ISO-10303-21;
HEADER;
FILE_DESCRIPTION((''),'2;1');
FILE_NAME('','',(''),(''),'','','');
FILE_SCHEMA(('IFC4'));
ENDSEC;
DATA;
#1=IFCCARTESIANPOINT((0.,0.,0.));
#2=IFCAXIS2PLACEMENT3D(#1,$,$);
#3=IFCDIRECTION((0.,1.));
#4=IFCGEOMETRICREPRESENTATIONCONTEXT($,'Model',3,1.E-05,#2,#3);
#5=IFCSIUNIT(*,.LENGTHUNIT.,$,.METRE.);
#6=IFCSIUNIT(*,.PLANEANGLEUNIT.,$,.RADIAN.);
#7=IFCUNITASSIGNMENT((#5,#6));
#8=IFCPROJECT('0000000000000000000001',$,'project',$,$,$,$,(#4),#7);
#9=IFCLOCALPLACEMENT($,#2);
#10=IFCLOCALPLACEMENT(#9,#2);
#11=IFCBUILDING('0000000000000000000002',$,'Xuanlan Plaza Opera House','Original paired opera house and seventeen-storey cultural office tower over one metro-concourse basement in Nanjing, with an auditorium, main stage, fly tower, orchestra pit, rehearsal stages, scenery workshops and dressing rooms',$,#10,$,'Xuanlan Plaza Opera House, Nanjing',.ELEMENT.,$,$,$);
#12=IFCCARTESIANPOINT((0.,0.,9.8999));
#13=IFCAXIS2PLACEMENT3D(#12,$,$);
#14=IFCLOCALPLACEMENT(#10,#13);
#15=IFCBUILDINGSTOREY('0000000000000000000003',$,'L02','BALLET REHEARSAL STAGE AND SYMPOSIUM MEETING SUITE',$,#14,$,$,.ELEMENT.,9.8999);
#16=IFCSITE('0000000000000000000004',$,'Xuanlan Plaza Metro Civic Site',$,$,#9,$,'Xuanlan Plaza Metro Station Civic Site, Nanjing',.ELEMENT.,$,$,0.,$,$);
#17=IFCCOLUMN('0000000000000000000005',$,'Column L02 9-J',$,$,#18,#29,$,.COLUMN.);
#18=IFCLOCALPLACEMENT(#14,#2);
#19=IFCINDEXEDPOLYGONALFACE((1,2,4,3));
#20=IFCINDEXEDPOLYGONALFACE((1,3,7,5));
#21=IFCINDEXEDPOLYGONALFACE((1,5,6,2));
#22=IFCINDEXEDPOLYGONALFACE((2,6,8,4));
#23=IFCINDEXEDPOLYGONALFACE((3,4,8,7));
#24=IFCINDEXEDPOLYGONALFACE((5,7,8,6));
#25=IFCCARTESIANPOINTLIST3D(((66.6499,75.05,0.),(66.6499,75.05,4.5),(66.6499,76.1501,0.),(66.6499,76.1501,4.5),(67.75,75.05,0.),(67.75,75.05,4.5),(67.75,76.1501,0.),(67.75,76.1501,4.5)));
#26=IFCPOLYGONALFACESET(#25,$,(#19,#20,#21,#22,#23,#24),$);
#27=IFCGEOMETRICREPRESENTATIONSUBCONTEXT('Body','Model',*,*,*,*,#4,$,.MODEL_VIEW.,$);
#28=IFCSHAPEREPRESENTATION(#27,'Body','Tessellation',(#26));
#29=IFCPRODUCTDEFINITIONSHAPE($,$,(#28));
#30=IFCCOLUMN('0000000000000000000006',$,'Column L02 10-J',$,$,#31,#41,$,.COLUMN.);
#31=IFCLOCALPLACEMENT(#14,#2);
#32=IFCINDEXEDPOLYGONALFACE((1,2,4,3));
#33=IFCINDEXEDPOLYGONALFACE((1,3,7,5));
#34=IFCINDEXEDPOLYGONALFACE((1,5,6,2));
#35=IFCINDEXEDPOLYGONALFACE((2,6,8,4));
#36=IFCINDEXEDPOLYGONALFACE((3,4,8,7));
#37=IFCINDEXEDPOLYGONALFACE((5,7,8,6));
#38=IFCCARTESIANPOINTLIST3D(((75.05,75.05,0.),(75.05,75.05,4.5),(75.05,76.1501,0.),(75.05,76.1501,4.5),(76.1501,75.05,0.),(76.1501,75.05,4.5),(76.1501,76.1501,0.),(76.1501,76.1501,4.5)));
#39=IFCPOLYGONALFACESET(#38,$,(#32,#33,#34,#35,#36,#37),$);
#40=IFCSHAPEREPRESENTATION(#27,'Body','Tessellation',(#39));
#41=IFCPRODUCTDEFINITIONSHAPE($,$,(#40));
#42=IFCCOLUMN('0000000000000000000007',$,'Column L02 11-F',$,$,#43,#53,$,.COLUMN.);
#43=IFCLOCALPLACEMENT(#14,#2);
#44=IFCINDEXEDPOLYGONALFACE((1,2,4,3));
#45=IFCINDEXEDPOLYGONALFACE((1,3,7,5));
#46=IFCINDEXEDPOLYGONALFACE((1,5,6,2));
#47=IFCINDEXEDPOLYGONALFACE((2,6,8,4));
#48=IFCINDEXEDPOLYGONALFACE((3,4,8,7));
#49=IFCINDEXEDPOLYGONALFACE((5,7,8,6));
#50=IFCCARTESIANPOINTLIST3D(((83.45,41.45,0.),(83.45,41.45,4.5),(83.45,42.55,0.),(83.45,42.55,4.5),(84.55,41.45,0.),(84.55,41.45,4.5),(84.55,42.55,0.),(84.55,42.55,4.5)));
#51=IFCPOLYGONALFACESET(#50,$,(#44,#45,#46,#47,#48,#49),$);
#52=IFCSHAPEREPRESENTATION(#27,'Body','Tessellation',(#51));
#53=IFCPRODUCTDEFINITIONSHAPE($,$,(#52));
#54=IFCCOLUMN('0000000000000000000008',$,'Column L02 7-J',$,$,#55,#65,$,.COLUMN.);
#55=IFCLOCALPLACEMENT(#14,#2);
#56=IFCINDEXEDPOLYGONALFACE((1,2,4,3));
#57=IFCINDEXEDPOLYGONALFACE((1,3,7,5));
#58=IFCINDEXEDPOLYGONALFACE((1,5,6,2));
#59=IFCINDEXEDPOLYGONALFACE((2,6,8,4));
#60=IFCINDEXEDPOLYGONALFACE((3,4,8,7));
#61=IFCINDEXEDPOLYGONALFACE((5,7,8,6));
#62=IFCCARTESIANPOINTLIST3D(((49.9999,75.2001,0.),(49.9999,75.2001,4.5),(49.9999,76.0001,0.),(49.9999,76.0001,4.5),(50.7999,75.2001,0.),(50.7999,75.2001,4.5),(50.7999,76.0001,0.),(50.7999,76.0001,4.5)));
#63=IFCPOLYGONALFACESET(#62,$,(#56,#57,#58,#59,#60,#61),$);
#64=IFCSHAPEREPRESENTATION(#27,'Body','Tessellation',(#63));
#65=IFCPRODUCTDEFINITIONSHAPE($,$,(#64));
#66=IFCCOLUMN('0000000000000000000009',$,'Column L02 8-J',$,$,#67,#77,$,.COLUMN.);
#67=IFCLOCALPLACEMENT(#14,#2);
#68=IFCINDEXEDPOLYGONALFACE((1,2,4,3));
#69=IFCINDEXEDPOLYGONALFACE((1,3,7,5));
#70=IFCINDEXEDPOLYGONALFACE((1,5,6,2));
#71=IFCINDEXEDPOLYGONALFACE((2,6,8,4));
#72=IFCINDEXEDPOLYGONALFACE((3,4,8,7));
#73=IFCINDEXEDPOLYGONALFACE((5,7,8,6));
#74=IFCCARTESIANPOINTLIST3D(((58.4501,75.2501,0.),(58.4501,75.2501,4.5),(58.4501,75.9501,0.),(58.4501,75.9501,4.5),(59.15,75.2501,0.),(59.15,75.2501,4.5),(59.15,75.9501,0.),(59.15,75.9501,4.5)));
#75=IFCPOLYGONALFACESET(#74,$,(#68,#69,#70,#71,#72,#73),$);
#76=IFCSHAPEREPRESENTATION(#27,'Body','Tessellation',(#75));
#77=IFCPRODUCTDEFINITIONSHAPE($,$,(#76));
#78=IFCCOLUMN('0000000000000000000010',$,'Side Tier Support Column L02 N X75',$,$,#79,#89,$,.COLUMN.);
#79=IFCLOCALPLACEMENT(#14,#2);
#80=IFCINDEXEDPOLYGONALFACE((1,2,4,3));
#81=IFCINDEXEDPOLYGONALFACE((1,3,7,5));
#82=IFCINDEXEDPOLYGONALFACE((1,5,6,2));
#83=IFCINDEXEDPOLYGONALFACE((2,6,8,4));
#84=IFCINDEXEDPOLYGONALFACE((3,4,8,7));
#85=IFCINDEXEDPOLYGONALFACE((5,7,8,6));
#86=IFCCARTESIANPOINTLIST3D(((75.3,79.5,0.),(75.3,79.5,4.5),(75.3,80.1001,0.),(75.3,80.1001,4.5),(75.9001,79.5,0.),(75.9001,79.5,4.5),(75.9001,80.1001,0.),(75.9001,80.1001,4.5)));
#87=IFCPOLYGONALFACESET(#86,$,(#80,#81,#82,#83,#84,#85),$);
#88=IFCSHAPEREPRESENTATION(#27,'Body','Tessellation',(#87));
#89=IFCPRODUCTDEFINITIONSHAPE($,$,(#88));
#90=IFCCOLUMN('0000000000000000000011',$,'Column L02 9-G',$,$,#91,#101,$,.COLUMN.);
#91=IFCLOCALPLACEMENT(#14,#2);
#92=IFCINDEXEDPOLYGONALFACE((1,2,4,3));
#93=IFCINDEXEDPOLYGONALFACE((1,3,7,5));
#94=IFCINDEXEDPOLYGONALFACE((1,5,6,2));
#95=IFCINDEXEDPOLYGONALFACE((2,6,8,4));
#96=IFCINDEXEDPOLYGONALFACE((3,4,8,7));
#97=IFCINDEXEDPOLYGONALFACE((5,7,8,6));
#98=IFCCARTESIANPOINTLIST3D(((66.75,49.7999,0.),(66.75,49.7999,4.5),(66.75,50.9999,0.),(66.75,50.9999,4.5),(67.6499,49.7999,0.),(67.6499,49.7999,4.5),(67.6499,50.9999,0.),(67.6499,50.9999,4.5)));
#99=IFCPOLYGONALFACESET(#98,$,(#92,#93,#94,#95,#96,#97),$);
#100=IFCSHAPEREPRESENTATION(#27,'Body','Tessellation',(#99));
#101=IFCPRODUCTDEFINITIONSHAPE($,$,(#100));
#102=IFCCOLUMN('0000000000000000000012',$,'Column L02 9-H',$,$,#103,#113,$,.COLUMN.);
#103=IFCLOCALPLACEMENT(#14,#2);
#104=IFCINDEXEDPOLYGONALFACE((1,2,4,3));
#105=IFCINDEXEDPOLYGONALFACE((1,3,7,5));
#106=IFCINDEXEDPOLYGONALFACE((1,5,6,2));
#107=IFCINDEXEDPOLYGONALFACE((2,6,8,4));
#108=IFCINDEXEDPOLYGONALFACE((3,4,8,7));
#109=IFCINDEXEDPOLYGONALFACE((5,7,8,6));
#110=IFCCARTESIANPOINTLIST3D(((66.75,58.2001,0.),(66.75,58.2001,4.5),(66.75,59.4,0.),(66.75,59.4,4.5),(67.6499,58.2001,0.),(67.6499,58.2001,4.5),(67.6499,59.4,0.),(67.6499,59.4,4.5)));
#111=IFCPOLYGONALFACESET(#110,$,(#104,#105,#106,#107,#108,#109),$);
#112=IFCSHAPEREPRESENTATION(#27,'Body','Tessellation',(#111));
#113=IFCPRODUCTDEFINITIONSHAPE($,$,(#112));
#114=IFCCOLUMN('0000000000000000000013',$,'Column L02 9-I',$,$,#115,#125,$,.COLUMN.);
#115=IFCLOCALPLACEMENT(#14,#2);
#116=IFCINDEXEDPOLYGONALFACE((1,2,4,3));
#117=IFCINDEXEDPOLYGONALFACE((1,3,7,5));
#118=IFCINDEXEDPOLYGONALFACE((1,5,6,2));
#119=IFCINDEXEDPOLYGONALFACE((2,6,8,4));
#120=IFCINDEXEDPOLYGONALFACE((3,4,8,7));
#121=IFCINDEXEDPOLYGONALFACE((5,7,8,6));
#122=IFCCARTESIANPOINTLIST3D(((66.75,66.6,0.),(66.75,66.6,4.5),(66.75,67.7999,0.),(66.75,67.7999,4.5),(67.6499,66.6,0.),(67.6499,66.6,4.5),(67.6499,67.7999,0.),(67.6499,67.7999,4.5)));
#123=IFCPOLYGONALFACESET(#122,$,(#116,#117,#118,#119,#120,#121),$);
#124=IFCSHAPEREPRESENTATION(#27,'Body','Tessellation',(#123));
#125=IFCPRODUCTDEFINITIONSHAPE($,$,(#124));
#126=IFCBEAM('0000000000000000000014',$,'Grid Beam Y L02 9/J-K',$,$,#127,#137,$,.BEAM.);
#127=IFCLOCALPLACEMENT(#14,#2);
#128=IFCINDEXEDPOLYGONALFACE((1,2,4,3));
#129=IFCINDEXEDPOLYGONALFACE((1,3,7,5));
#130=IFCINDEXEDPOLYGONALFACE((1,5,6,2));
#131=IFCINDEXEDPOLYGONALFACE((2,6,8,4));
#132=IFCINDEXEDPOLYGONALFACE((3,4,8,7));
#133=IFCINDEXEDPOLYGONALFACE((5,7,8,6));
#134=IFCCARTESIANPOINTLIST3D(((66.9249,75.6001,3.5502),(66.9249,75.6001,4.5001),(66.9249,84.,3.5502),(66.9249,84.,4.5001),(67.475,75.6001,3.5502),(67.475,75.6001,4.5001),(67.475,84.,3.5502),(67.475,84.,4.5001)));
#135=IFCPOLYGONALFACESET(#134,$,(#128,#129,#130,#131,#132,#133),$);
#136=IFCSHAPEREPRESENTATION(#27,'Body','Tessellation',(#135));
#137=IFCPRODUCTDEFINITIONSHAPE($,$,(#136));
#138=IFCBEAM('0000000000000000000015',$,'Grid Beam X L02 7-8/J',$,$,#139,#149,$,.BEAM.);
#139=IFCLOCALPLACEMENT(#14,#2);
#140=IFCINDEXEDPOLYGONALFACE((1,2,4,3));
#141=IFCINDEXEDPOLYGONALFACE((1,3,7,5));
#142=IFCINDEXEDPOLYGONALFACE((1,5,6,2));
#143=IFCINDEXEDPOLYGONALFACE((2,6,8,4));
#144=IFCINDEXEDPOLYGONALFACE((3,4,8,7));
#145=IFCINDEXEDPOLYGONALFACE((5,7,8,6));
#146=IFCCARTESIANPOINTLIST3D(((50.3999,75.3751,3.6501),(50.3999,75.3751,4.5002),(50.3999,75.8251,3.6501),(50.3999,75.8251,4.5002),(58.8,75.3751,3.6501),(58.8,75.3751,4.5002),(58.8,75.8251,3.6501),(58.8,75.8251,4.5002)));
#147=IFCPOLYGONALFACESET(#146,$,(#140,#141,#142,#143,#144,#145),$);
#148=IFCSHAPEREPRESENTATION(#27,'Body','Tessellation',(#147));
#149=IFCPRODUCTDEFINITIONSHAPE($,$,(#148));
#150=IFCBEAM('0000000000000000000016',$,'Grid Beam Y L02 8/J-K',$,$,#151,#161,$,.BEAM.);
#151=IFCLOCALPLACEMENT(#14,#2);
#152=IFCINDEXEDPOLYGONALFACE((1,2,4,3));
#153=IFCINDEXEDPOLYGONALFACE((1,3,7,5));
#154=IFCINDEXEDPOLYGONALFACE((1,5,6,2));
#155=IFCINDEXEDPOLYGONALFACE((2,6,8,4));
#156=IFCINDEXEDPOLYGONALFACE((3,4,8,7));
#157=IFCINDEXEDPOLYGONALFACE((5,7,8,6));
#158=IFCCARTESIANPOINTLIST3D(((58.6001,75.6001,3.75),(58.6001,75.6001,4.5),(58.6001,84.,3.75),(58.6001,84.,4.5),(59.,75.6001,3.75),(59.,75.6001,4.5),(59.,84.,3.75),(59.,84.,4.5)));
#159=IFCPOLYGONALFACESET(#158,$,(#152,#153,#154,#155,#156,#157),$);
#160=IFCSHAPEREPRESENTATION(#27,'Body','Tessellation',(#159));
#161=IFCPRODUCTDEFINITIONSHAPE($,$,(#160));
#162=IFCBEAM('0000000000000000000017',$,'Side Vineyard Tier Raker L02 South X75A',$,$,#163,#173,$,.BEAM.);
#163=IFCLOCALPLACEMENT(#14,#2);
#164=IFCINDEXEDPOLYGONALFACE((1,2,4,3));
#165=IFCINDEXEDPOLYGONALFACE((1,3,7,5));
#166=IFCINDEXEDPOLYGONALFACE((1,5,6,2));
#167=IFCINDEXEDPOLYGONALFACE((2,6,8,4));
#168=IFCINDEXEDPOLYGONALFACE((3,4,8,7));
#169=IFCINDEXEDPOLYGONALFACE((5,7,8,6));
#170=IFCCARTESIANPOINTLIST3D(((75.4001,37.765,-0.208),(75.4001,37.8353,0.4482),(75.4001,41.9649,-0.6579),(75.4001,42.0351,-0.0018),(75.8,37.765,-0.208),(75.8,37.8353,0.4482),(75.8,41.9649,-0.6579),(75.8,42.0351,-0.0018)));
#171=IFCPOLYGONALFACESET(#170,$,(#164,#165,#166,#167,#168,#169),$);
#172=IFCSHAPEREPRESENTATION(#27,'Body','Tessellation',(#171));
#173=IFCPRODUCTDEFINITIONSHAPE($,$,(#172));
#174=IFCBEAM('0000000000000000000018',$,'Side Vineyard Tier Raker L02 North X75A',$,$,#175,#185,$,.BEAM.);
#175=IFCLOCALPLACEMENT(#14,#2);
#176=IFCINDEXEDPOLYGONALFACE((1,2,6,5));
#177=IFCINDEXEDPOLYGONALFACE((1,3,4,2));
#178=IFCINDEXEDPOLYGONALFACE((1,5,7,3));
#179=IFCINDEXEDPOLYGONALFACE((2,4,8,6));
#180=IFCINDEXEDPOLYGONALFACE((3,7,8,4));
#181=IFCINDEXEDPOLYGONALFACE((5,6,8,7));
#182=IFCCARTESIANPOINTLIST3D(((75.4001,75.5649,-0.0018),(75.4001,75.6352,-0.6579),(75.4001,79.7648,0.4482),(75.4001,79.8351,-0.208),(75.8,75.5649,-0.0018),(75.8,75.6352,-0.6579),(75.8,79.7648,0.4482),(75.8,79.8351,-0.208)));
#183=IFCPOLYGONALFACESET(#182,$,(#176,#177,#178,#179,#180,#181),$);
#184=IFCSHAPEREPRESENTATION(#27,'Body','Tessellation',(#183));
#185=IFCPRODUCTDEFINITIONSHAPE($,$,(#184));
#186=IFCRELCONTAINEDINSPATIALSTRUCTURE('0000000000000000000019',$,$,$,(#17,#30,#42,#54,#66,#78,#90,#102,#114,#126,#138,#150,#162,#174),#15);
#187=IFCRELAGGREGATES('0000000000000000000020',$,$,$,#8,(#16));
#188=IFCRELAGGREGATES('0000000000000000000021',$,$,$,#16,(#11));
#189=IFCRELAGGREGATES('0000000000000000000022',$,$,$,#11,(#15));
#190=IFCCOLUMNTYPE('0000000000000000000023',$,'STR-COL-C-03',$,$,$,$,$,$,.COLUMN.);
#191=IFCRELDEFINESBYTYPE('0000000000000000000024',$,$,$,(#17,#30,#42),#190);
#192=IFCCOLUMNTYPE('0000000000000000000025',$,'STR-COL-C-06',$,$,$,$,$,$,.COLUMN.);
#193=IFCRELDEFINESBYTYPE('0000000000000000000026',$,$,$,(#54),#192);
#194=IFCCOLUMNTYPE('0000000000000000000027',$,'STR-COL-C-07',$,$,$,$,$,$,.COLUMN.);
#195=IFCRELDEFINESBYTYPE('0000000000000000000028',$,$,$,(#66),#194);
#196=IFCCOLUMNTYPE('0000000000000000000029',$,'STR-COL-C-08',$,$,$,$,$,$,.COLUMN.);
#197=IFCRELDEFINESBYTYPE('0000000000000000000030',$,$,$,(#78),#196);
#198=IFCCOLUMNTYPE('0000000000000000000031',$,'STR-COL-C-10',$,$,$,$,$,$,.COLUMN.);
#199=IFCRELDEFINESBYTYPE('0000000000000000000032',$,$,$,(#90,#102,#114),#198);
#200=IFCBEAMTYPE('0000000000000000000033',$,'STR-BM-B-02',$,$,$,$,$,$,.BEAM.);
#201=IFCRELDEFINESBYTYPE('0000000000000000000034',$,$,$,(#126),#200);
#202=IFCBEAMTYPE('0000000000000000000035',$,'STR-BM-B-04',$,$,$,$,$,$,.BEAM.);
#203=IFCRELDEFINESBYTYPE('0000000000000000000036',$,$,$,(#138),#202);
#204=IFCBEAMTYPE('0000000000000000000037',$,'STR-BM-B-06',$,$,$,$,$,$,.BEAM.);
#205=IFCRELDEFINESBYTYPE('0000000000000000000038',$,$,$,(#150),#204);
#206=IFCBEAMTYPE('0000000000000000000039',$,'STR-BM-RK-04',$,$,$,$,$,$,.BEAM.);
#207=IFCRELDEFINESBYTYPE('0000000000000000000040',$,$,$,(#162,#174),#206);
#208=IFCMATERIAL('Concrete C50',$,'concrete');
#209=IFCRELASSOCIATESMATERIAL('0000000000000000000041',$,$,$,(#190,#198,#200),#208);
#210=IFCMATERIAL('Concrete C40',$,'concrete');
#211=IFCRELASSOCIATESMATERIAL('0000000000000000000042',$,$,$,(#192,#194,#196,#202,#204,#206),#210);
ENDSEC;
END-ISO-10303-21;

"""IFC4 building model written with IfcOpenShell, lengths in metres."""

from ifc_helpers import new_model, si_unit, direction, frame, origin, origin_2d, place, context, subcontext, project, spatial, rectangle, extrude, material, material_profile, profile_set, type_object, element, save


model = new_model("IFC4")

# Units and contexts
model_context = context("Model", 3, precision=1e-05, world=origin(), true_north=direction((0.0, 1.0)))
body_context = subcontext(model_context, "Body", "Model", "MODEL_VIEW")
ifc_project = project(units=[si_unit("LENGTHUNIT", "METRE"), si_unit("PLANEANGLEUNIT", "RADIAN")], contexts=[model_context])

# Site, building, storey
site_placement = place(None, origin())
site = spatial("IfcSite", under=ifc_project, at=site_placement, Name="Xuanlan Plaza Metro Civic Site", LongName="Xuanlan Plaza Metro Station Civic Site, Nanjing", CompositionType="ELEMENT", RefElevation=0.0)
building_placement = place(site_placement, origin())
building = spatial("IfcBuilding", under=site, at=building_placement, Name="Xuanlan Plaza Opera House", Description="Original paired opera house and seventeen-storey cultural office tower over one metro-concourse basement in Nanjing, with an auditorium, main stage, fly tower, orchestra pit, rehearsal stages, scenery workshops and dressing rooms", LongName="Xuanlan Plaza Opera House, Nanjing", CompositionType="ELEMENT")
storey_placement = place(building_placement, frame((0.0, 0.0, 9.8999)))
storey = spatial("IfcBuildingStorey", under=building, at=storey_placement, Name="L02", Description="BALLET REHEARSAL STAGE AND SYMPOSIUM MEETING SUITE", CompositionType="ELEMENT", Elevation=9.8999)

# Columns
ifc_material_1 = material(Name="Concrete C50", Category="concrete")
ifc_material_profile_1 = material_profile(ifc_material_1, rectangle(XDim=1.1001, YDim=1.1001, at=origin_2d()), Name="RC-COL 1100x1100")
ifc_profile_set_1 = profile_set([ifc_material_profile_1], Name="Concrete C50")
column_type_1 = type_object("IfcColumnType", Name="STR-COL-C-03", PredefinedType="COLUMN", material=ifc_profile_set_1)
for number, where, z_axis, x_axis, name in (
    (1, (67.2, 75.6001, 0.0), (0.0, 0.0, 1.0), (1.0, 0.0, 0.0), "Column L02 9-J"),
    (2, (75.6001, 75.6001, 0.0), (0.0, 0.0, 1.0), (1.0, 0.0, 0.0), "Column L02 10-J"),
    (3, (84.0, 42.0, 0.0), (0.0, 0.0, 1.0), (1.0, 0.0, 0.0), "Column L02 11-F"),
):
    element("IfcColumn", number, at=place(storey_placement, frame(where, z_axis=z_axis, x_axis=x_axis)), inside=storey, type_object=column_type_1, Name=name, PredefinedType="COLUMN", context=body_context, shape_type="SweptSolid", body=[
        extrude(rectangle(XDim=1.1001, YDim=1.1001, at=origin_2d()), origin(), (0.0, 0.0, 1.0), 4.5),
    ])
ifc_material_2 = material(Name="Concrete C40", Category="concrete")
ifc_material_profile_2 = material_profile(ifc_material_2, rectangle(XDim=0.8, YDim=0.8, at=origin_2d()), Name="RC-COL 800x800")
ifc_profile_set_2 = profile_set([ifc_material_profile_2], Name="Concrete C40")
column_type_2 = type_object("IfcColumnType", Name="STR-COL-C-06", PredefinedType="COLUMN", material=ifc_profile_set_2)
column_1_placement = place(storey_placement, frame((50.3999, 75.6001, 0.0), z_axis=(0.0, 0.0, 1.0), x_axis=(1.0, 0.0, 0.0)))
element("IfcColumn", 4, at=column_1_placement, inside=storey, type_object=column_type_2, Name="Column L02 7-J", PredefinedType="COLUMN", context=body_context, shape_type="SweptSolid", body=[
    extrude(rectangle(XDim=0.8, YDim=0.8, at=origin_2d()), origin(), (0.0, 0.0, 1.0), 4.5),
])
ifc_material_profile_3 = material_profile(ifc_material_2, rectangle(XDim=0.7, YDim=0.7, at=origin_2d()), Name="RC-COL 700x700")
ifc_profile_set_3 = profile_set([ifc_material_profile_3], Name="Concrete C40")
column_type_3 = type_object("IfcColumnType", Name="STR-COL-C-07", PredefinedType="COLUMN", material=ifc_profile_set_3)
column_2_placement = place(storey_placement, frame((58.8, 75.6001, 0.0), z_axis=(0.0, 0.0, 1.0), x_axis=(1.0, 0.0, 0.0)))
element("IfcColumn", 5, at=column_2_placement, inside=storey, type_object=column_type_3, Name="Column L02 8-J", PredefinedType="COLUMN", context=body_context, shape_type="SweptSolid", body=[
    extrude(rectangle(XDim=0.7, YDim=0.7, at=origin_2d()), origin(), (0.0, 0.0, 1.0), 4.5),
])
ifc_material_profile_4 = material_profile(ifc_material_2, rectangle(XDim=0.6001, YDim=0.6001, at=origin_2d()), Name="RC-COL 600x600")
ifc_profile_set_4 = profile_set([ifc_material_profile_4], Name="Concrete C40")
column_type_4 = type_object("IfcColumnType", Name="STR-COL-C-08", PredefinedType="COLUMN", material=ifc_profile_set_4)
column_3_placement = place(storey_placement, frame((75.6001, 79.8, 0.0), z_axis=(0.0, 0.0, 1.0), x_axis=(1.0, 0.0, 0.0)))
element("IfcColumn", 6, at=column_3_placement, inside=storey, type_object=column_type_4, Name="Side Tier Support Column L02 N X75", PredefinedType="COLUMN", context=body_context, shape_type="SweptSolid", body=[
    extrude(rectangle(XDim=0.6001, YDim=0.6001, at=origin_2d()), origin(), (0.0, 0.0, 1.0), 4.5),
])
ifc_material_profile_5 = material_profile(ifc_material_1, rectangle(XDim=0.8999, YDim=1.2, at=origin_2d()), Name="RC-COL 900x1200")
ifc_profile_set_5 = profile_set([ifc_material_profile_5], Name="Concrete C50")
column_type_5 = type_object("IfcColumnType", Name="STR-COL-C-10", PredefinedType="COLUMN", material=ifc_profile_set_5)
for number, where, z_axis, x_axis, name in (
    (7, (67.2, 50.3999, 0.0), (0.0, 0.0, 1.0), (1.0, 0.0, 0.0), "Column L02 9-G"),
    (8, (67.2, 58.8, 0.0), (0.0, 0.0, 1.0), (1.0, 0.0, 0.0), "Column L02 9-H"),
    (9, (67.2, 67.2, 0.0), (0.0, 0.0, 1.0), (1.0, 0.0, 0.0), "Column L02 9-I"),
):
    element("IfcColumn", number, at=place(storey_placement, frame(where, z_axis=z_axis, x_axis=x_axis)), inside=storey, type_object=column_type_5, Name=name, PredefinedType="COLUMN", context=body_context, shape_type="SweptSolid", body=[
        extrude(rectangle(XDim=0.8999, YDim=1.2, at=origin_2d()), origin(), (0.0, 0.0, 1.0), 4.5),
    ])

# Beams
ifc_material_profile_6 = material_profile(ifc_material_1, rectangle(XDim=0.55, YDim=0.95, at=origin_2d()), Name="RC-BM 550x950")
ifc_profile_set_6 = profile_set([ifc_material_profile_6], Name="Concrete C50")
beam_type_1 = type_object("IfcBeamType", Name="STR-BM-B-02", PredefinedType="BEAM", material=ifc_profile_set_6)
beam_1_placement = place(storey_placement, frame((67.2, 75.6001, 4.0251), z_axis=(0.0, 1.0, 0.0), x_axis=(-1.0, 0.0, 0.0)))
element("IfcBeam", 10, at=beam_1_placement, inside=storey, type_object=beam_type_1, Name="Grid Beam Y L02 9/J-K", PredefinedType="BEAM", context=body_context, shape_type="SweptSolid", body=[
    extrude(rectangle(XDim=0.55, YDim=0.95, at=origin_2d()), origin(), (0.0, 0.0, 1.0), 8.3999),
])
ifc_material_profile_7 = material_profile(ifc_material_2, rectangle(XDim=0.45, YDim=0.8501, at=origin_2d()), Name="RC-BM 450x850")
ifc_profile_set_7 = profile_set([ifc_material_profile_7], Name="Concrete C40")
beam_type_2 = type_object("IfcBeamType", Name="STR-BM-B-04", PredefinedType="BEAM", material=ifc_profile_set_7)
beam_2_placement = place(storey_placement, frame((50.3999, 75.6001, 4.0752), z_axis=(1.0, 0.0, 0.0), x_axis=(0.0, 1.0, 0.0)))
element("IfcBeam", 11, at=beam_2_placement, inside=storey, type_object=beam_type_2, Name="Grid Beam X L02 7-8/J", PredefinedType="BEAM", context=body_context, shape_type="SweptSolid", body=[
    extrude(rectangle(XDim=0.45, YDim=0.8501, at=origin_2d()), origin(), (0.0, 0.0, 1.0), 8.4001),
])
ifc_material_profile_8 = material_profile(ifc_material_2, rectangle(XDim=0.3999, YDim=0.75, at=origin_2d()), Name="RC-BM 400x750")
ifc_profile_set_8 = profile_set([ifc_material_profile_8], Name="Concrete C40")
beam_type_3 = type_object("IfcBeamType", Name="STR-BM-B-06", PredefinedType="BEAM", material=ifc_profile_set_8)
beam_3_placement = place(storey_placement, frame((58.8, 75.6001, 4.125), z_axis=(0.0, 1.0, 0.0), x_axis=(-1.0, 0.0, 0.0)))
element("IfcBeam", 12, at=beam_3_placement, inside=storey, type_object=beam_type_3, Name="Grid Beam Y L02 8/J-K", PredefinedType="BEAM", context=body_context, shape_type="SweptSolid", body=[
    extrude(rectangle(XDim=0.3999, YDim=0.75, at=origin_2d()), origin(), (0.0, 0.0, 1.0), 8.3999),
])
ifc_material_profile_9 = material_profile(ifc_material_2, rectangle(XDim=0.3999, YDim=0.6599, at=origin_2d()), Name="RC-RKR 400x660")
ifc_profile_set_9 = profile_set([ifc_material_profile_9], Name="Concrete C40")
beam_type_4 = type_object("IfcBeamType", Name="STR-BM-RK-04", PredefinedType="BEAM", material=ifc_profile_set_9)
for number, where, z_axis, x_axis, name in (
    (13, (75.6001, 42.0, -0.3298), (0.0, -0.99431, 0.106523), (1.0, 0.0, 0.0), "Side Vineyard Tier Raker L02 South X75A"),
    (14, (75.6001, 75.6001, -0.3298), (0.0, 0.99431, 0.106523), (-1.0, 0.0, 0.0), "Side Vineyard Tier Raker L02 North X75A"),
):
    element("IfcBeam", number, at=place(storey_placement, frame(where, z_axis=z_axis, x_axis=x_axis)), inside=storey, type_object=beam_type_4, Name=name, PredefinedType="BEAM", context=body_context, shape_type="SweptSolid", body=[
        extrude(rectangle(XDim=0.3999, YDim=0.6599, at=origin_2d()), origin(), (0.0, 0.0, 1.0), 4.2239),
    ])

save(model, "model.ifc")
